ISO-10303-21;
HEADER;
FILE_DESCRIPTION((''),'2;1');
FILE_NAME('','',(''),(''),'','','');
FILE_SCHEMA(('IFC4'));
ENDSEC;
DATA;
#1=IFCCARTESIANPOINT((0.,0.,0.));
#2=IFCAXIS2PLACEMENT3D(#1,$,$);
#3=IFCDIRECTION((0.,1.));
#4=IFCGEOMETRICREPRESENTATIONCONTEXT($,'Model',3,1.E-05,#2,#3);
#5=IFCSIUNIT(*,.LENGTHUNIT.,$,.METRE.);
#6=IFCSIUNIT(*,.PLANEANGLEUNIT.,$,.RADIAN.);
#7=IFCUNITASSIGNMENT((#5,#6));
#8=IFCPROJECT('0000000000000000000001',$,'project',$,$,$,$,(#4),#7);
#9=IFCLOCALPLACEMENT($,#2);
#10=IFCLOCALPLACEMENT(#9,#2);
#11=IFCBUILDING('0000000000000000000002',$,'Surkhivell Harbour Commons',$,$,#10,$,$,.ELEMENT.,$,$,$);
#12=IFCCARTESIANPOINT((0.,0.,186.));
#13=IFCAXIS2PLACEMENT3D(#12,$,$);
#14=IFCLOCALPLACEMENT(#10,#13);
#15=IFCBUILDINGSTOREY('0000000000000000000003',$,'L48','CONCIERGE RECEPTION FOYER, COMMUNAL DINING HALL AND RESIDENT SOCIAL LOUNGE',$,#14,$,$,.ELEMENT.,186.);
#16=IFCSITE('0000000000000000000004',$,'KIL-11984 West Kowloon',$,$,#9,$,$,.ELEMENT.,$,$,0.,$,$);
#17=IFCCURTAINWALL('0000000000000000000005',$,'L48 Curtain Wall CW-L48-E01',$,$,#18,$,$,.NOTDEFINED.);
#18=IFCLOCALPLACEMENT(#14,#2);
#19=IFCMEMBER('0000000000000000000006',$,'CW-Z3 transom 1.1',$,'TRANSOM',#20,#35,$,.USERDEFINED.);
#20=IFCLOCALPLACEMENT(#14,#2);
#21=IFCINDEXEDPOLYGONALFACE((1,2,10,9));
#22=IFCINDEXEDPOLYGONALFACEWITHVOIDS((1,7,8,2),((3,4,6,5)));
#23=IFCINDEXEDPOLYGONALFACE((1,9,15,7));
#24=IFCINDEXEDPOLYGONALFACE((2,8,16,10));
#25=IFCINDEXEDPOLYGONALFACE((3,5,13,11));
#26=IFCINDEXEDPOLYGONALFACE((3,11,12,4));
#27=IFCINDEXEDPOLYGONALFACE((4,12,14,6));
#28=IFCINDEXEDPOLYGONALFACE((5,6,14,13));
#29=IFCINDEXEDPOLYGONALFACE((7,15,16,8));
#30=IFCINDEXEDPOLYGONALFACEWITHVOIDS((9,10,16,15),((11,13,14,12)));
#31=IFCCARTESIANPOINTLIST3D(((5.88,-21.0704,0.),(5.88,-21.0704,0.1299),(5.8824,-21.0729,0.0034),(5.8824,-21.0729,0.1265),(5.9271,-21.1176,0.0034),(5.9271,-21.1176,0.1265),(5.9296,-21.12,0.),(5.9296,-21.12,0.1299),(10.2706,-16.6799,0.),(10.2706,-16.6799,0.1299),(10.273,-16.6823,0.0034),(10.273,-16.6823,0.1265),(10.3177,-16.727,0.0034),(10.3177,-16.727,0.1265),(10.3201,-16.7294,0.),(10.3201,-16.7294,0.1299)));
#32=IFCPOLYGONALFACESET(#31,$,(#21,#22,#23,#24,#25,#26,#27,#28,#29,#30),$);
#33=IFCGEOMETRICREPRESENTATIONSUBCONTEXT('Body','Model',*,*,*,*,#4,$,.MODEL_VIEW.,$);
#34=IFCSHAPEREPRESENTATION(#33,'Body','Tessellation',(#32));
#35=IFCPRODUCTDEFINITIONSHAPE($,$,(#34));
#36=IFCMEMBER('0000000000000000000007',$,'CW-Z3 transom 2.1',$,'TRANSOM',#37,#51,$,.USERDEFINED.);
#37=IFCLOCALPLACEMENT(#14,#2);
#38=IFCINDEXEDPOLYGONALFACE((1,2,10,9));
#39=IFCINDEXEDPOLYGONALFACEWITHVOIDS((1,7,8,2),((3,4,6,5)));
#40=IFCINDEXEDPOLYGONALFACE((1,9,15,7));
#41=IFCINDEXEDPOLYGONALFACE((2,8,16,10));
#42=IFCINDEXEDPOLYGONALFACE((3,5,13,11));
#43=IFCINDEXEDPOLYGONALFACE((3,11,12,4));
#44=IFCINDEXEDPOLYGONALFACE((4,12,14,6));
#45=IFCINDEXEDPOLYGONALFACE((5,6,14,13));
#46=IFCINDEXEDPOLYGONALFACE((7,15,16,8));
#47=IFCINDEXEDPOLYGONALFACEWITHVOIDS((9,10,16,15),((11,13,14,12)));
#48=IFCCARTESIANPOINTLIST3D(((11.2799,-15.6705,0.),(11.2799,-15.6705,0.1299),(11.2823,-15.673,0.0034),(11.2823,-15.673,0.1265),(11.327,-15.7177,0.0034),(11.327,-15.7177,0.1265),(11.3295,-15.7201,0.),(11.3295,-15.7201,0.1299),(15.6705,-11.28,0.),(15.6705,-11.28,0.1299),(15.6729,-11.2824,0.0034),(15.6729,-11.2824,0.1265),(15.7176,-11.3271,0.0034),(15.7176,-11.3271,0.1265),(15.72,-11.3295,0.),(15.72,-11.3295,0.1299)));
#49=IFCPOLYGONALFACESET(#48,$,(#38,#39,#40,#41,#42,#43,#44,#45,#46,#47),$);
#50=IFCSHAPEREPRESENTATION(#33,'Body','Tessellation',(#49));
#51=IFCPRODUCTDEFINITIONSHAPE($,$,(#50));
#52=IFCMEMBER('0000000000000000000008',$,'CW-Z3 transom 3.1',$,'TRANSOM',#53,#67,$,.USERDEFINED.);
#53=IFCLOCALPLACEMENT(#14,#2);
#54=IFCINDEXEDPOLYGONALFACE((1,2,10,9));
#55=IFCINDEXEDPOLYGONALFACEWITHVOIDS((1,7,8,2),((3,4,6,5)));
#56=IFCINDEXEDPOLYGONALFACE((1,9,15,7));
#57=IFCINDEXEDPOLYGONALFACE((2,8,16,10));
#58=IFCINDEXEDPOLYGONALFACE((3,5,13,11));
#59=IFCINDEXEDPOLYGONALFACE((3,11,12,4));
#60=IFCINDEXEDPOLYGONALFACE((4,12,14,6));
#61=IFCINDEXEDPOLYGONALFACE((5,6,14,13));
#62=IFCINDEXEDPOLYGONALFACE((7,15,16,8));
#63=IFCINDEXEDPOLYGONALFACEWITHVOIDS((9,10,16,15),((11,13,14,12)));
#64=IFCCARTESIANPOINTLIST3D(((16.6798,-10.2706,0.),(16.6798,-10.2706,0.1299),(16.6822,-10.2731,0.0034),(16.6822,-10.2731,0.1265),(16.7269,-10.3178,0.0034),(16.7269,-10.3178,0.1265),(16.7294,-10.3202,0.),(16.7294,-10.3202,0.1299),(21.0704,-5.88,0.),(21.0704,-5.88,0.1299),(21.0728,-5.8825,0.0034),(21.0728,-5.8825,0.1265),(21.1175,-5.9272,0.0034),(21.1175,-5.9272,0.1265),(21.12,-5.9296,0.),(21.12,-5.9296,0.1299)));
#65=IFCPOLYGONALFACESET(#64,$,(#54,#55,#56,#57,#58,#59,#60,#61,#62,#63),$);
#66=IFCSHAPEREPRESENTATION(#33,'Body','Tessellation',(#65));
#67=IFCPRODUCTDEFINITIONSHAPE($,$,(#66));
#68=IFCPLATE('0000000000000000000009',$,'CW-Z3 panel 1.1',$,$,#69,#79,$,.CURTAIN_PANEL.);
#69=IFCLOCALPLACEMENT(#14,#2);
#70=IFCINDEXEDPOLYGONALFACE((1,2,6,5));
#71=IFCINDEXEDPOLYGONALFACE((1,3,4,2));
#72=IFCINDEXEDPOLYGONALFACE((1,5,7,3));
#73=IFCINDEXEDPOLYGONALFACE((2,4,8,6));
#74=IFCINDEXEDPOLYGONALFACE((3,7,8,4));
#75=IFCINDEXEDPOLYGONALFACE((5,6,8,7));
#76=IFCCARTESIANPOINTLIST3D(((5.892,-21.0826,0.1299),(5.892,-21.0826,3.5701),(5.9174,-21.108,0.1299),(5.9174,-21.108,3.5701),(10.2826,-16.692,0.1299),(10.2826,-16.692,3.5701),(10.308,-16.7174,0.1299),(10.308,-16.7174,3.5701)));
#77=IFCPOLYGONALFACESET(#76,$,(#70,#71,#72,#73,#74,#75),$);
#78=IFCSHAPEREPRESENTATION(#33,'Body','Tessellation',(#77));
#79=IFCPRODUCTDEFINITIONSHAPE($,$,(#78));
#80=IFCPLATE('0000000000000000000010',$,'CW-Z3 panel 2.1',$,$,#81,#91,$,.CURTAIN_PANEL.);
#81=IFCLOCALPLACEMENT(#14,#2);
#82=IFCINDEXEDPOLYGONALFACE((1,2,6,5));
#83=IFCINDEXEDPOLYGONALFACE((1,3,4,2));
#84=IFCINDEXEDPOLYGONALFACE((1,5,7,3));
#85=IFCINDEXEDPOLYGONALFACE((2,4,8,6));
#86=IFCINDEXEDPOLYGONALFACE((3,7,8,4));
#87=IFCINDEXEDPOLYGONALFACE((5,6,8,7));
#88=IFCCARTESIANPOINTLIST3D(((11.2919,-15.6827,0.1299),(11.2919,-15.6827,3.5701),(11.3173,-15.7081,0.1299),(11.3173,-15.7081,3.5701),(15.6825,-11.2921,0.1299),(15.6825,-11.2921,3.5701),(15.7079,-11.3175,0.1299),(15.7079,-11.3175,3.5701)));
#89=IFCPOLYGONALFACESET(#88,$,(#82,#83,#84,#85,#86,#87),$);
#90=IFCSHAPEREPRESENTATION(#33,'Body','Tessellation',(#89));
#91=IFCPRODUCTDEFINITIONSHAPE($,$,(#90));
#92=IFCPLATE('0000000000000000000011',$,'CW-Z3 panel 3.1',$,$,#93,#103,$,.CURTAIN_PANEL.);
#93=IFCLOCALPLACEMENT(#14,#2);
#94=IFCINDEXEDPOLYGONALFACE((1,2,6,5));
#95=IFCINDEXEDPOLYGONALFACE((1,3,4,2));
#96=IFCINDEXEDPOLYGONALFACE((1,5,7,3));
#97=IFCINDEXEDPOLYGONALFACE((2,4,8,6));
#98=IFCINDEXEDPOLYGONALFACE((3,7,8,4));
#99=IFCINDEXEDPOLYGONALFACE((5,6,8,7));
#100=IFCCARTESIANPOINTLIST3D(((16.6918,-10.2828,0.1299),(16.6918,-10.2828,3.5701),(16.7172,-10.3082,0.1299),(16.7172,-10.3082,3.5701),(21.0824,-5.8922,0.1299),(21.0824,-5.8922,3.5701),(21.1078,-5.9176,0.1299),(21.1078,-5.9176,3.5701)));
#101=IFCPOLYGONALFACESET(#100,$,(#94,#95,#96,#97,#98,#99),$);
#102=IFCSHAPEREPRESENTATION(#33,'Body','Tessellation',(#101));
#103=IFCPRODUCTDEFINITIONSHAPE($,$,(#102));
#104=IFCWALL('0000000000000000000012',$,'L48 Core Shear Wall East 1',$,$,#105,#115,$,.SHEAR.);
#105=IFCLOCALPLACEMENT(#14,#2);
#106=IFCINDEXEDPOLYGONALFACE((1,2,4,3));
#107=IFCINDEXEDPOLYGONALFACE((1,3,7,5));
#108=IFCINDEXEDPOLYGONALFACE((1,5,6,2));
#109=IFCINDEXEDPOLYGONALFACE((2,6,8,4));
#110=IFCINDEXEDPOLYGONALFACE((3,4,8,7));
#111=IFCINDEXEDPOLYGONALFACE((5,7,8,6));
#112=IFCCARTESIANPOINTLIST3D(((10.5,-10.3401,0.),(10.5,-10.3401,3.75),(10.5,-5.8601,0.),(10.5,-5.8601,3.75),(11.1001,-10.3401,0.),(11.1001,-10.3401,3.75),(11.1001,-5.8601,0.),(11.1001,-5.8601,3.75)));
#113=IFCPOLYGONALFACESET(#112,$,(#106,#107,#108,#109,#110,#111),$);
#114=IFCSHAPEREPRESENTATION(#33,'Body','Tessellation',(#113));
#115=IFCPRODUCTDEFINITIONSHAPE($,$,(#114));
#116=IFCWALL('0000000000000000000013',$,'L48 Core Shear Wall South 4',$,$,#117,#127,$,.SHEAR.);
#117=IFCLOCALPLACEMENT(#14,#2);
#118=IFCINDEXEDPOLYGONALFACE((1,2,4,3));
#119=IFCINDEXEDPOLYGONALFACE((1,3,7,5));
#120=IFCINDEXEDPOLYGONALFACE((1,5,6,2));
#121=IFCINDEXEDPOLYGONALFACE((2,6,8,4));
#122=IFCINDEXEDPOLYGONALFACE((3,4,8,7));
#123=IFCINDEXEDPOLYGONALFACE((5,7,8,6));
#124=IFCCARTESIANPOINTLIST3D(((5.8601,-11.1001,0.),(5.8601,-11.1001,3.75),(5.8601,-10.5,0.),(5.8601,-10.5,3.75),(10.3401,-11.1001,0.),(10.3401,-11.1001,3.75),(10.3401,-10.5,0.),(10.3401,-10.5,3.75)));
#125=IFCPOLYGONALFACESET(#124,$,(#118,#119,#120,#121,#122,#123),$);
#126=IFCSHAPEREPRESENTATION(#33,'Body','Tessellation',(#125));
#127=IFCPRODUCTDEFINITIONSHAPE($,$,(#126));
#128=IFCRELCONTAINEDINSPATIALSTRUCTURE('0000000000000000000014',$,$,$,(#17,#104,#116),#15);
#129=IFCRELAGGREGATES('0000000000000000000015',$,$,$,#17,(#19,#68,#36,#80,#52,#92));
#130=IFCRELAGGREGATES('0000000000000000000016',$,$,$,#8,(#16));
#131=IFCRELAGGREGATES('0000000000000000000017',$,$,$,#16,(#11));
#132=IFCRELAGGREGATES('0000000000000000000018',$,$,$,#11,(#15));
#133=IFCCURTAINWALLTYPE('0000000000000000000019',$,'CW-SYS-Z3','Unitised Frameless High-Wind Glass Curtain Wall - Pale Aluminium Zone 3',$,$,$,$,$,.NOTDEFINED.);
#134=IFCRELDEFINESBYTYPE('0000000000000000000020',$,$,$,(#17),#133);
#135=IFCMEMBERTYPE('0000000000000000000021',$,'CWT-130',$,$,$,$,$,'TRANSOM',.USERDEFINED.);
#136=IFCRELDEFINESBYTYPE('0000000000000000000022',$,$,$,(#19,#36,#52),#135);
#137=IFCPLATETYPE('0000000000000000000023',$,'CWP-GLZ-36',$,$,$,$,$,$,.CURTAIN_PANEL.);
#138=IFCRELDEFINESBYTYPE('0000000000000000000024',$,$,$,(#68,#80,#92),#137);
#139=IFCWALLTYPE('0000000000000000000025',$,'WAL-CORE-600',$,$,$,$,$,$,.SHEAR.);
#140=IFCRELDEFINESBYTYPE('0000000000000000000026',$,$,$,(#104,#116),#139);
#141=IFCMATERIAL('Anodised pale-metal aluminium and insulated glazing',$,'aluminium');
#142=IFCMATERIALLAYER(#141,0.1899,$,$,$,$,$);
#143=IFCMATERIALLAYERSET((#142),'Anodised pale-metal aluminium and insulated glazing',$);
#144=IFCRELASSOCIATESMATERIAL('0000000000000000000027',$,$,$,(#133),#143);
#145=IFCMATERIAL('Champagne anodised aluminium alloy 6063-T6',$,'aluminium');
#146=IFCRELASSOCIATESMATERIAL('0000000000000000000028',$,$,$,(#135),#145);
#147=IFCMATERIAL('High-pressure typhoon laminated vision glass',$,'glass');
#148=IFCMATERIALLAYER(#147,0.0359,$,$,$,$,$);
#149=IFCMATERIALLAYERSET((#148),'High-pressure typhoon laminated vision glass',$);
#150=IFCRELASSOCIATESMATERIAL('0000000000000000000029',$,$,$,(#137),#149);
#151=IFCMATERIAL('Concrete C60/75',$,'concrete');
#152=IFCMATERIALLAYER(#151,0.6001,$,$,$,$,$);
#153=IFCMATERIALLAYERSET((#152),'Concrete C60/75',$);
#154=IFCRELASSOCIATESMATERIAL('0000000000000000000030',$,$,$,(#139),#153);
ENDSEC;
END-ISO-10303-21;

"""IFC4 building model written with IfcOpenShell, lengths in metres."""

from ifc_helpers import new_model, si_unit, direction, frame, frame_2d, origin, origin_2d, place, context, subcontext, project, spatial, rectangle, hollow_rectangle, extrude, material, layer, layer_set, material_profile, profile_set, type_object, element, aggregate, save


model = new_model("IFC4")

# Units and contexts
model_context = context("Model", 3, precision=1e-05, world=origin(), true_north=direction((0.0, 1.0)))
body_context = subcontext(model_context, "Body", "Model", "MODEL_VIEW")
ifc_project = project(units=[si_unit("LENGTHUNIT", "METRE"), si_unit("PLANEANGLEUNIT", "RADIAN")], contexts=[model_context])

# Site, building, storey
site_placement = place(None, origin())
site = spatial("IfcSite", under=ifc_project, at=site_placement, Name="KIL-11984 West Kowloon", CompositionType="ELEMENT", RefElevation=0.0)
building_placement = place(site_placement, origin())
building = spatial("IfcBuilding", under=site, at=building_placement, Name="Surkhivell Harbour Commons", CompositionType="ELEMENT")
storey_placement = place(building_placement, frame((0.0, 0.0, 186.0)))
storey = spatial("IfcBuildingStorey", under=building, at=storey_placement, Name="L48", Description="CONCIERGE RECEPTION FOYER, COMMUNAL DINING HALL AND RESIDENT SOCIAL LOUNGE", CompositionType="ELEMENT", Elevation=186.0)

# Shared definitions
ifc_material_1 = material(Name="Concrete C60/75", Category="concrete")

# Curtain wall, members, plates
ifc_material_2 = material(Name="Anodised pale-metal aluminium and insulated glazing", Category="aluminium")
ifc_layer_1 = layer(ifc_material_2, 0.1899)
ifc_layer_set_1 = layer_set([ifc_layer_1], Name="Anodised pale-metal aluminium and insulated glazing")
curtain_wall_type = type_object("IfcCurtainWallType", Name="CW-SYS-Z3", Description="Unitised Frameless High-Wind Glass Curtain Wall - Pale Aluminium Zone 3", PredefinedType="NOTDEFINED", material=ifc_layer_set_1)
curtain_wall_placement = place(storey_placement, origin())
curtain_wall = element("IfcCurtainWall", 1, at=curtain_wall_placement, inside=storey, type_object=curtain_wall_type, Name="L48 Curtain Wall CW-L48-E01", PredefinedType="NOTDEFINED")
ifc_material_3 = material(Name="Champagne anodised aluminium alloy 6063-T6", Category="aluminium")
ifc_material_profile_1 = material_profile(ifc_material_3, hollow_rectangle(XDim=0.0701, YDim=0.1299, WallThickness=0.0034, at=origin_2d()), Name="ALU-TRAN-70x130")
ifc_profile_set_1 = profile_set([ifc_material_profile_1], Name="Champagne anodised aluminium alloy 6063-T6")
member_type_1 = type_object("IfcMemberType", Name="CWT-130", ElementType="TRANSOM", PredefinedType="USERDEFINED", material=ifc_profile_set_1)
member_1_placement = place(storey_placement, frame((5.9048, -21.0952, 0.0649), z_axis=(0.707107, 0.707107, 0.0), x_axis=(-0.707107, 0.707107, 0.0)))
member_1 = element("IfcMember", 2, at=member_1_placement, type_object=member_type_1, Name="CW-Z3 transom 1.1", ObjectType="TRANSOM", PredefinedType="USERDEFINED", context=body_context, shape_type="SweptSolid", body=[
    extrude(hollow_rectangle(XDim=0.0701, YDim=0.1299, WallThickness=0.0034, at=origin_2d()), origin(), (0.0, 0.0, 1.0), 6.2092),
])
member_2_placement = place(storey_placement, frame((11.3047, -15.6953, 0.0649), z_axis=(0.707107, 0.707107, 0.0), x_axis=(-0.707107, 0.707107, 0.0)))
member_2 = element("IfcMember", 3, at=member_2_placement, type_object=member_type_1, Name="CW-Z3 transom 2.1", ObjectType="TRANSOM", PredefinedType="USERDEFINED", context=body_context, shape_type="SweptSolid", body=[
    extrude(hollow_rectangle(XDim=0.0701, YDim=0.1299, WallThickness=0.0034, at=origin_2d()), origin(), (0.0, 0.0, 1.0), 6.2092),
])
member_3_placement = place(storey_placement, frame((16.7046, -10.2954, 0.0649), z_axis=(0.707107, 0.707107, 0.0), x_axis=(-0.707107, 0.707107, 0.0)))
member_3 = element("IfcMember", 4, at=member_3_placement, type_object=member_type_1, Name="CW-Z3 transom 3.1", ObjectType="TRANSOM", PredefinedType="USERDEFINED", context=body_context, shape_type="SweptSolid", body=[
    extrude(hollow_rectangle(XDim=0.0701, YDim=0.1299, WallThickness=0.0034, at=origin_2d()), origin(), (0.0, 0.0, 1.0), 6.2092),
])
ifc_material_4 = material(Name="High-pressure typhoon laminated vision glass", Category="glass")
ifc_layer_2 = layer(ifc_material_4, 0.0359)
ifc_layer_set_2 = layer_set([ifc_layer_2], Name="High-pressure typhoon laminated vision glass")
plate_type = type_object("IfcPlateType", Name="CWP-GLZ-36", PredefinedType="CURTAIN_PANEL", material=ifc_layer_set_2)
plate_1_placement = place(storey_placement, frame((5.9048, -21.0952, 0.1299), z_axis=(0.0, 0.0, 1.0), x_axis=(0.707107, 0.707107, 0.0)))
plate_1 = element("IfcPlate", 5, at=plate_1_placement, type_object=plate_type, Name="CW-Z3 panel 1.1", PredefinedType="CURTAIN_PANEL", context=body_context, shape_type="SweptSolid", body=[
    extrude(rectangle(XDim=6.2092, YDim=0.0359, at=frame_2d((3.1045, 0.0))), origin(), (0.0, 0.0, 1.0), 3.4402),
])
plate_2_placement = place(storey_placement, frame((11.3047, -15.6953, 0.1299), z_axis=(0.0, 0.0, 1.0), x_axis=(0.707107, 0.707107, 0.0)))
plate_2 = element("IfcPlate", 6, at=plate_2_placement, type_object=plate_type, Name="CW-Z3 panel 2.1", PredefinedType="CURTAIN_PANEL", context=body_context, shape_type="SweptSolid", body=[
    extrude(rectangle(XDim=6.2092, YDim=0.0359, at=frame_2d((3.1045, 0.0))), origin(), (0.0, 0.0, 1.0), 3.4402),
])
plate_3_placement = place(storey_placement, frame((16.7046, -10.2954, 0.1299), z_axis=(0.0, 0.0, 1.0), x_axis=(0.707107, 0.707107, 0.0)))
plate_3 = element("IfcPlate", 7, at=plate_3_placement, type_object=plate_type, Name="CW-Z3 panel 3.1", PredefinedType="CURTAIN_PANEL", context=body_context, shape_type="SweptSolid", body=[
    extrude(rectangle(XDim=6.2092, YDim=0.0359, at=frame_2d((3.1045, 0.0))), origin(), (0.0, 0.0, 1.0), 3.4402),
])
aggregate(curtain_wall, [member_1, plate_1, member_2, plate_2, member_3, plate_3])

# Walls
ifc_layer_3 = layer(ifc_material_1, 0.6001)
ifc_layer_set_3 = layer_set([ifc_layer_3], Name="Concrete C60/75")
wall_type_1 = type_object("IfcWallType", Name="WAL-CORE-600", PredefinedType="SHEAR", material=ifc_layer_set_3)
for number, where, z_axis, x_axis, name in (
    (8, (10.8, -10.3401, 0.0), (0.0, 0.0, 1.0), (0.0, 1.0, 0.0), "L48 Core Shear Wall East 1"),
    (9, (5.8601, -10.8, 0.0), (0.0, 0.0, 1.0), (1.0, 0.0, 0.0), "L48 Core Shear Wall South 4"),
):
    element("IfcWall", number, at=place(storey_placement, frame(where, z_axis=z_axis, x_axis=x_axis)), inside=storey, type_object=wall_type_1, Name=name, PredefinedType="SHEAR", context=body_context, shape_type="SweptSolid", body=[
        extrude(rectangle(XDim=4.48, YDim=0.6001, at=frame_2d((2.24, 0.0))), origin(), (0.0, 0.0, 1.0), 3.75),
    ])

save(model, "model.ifc")
